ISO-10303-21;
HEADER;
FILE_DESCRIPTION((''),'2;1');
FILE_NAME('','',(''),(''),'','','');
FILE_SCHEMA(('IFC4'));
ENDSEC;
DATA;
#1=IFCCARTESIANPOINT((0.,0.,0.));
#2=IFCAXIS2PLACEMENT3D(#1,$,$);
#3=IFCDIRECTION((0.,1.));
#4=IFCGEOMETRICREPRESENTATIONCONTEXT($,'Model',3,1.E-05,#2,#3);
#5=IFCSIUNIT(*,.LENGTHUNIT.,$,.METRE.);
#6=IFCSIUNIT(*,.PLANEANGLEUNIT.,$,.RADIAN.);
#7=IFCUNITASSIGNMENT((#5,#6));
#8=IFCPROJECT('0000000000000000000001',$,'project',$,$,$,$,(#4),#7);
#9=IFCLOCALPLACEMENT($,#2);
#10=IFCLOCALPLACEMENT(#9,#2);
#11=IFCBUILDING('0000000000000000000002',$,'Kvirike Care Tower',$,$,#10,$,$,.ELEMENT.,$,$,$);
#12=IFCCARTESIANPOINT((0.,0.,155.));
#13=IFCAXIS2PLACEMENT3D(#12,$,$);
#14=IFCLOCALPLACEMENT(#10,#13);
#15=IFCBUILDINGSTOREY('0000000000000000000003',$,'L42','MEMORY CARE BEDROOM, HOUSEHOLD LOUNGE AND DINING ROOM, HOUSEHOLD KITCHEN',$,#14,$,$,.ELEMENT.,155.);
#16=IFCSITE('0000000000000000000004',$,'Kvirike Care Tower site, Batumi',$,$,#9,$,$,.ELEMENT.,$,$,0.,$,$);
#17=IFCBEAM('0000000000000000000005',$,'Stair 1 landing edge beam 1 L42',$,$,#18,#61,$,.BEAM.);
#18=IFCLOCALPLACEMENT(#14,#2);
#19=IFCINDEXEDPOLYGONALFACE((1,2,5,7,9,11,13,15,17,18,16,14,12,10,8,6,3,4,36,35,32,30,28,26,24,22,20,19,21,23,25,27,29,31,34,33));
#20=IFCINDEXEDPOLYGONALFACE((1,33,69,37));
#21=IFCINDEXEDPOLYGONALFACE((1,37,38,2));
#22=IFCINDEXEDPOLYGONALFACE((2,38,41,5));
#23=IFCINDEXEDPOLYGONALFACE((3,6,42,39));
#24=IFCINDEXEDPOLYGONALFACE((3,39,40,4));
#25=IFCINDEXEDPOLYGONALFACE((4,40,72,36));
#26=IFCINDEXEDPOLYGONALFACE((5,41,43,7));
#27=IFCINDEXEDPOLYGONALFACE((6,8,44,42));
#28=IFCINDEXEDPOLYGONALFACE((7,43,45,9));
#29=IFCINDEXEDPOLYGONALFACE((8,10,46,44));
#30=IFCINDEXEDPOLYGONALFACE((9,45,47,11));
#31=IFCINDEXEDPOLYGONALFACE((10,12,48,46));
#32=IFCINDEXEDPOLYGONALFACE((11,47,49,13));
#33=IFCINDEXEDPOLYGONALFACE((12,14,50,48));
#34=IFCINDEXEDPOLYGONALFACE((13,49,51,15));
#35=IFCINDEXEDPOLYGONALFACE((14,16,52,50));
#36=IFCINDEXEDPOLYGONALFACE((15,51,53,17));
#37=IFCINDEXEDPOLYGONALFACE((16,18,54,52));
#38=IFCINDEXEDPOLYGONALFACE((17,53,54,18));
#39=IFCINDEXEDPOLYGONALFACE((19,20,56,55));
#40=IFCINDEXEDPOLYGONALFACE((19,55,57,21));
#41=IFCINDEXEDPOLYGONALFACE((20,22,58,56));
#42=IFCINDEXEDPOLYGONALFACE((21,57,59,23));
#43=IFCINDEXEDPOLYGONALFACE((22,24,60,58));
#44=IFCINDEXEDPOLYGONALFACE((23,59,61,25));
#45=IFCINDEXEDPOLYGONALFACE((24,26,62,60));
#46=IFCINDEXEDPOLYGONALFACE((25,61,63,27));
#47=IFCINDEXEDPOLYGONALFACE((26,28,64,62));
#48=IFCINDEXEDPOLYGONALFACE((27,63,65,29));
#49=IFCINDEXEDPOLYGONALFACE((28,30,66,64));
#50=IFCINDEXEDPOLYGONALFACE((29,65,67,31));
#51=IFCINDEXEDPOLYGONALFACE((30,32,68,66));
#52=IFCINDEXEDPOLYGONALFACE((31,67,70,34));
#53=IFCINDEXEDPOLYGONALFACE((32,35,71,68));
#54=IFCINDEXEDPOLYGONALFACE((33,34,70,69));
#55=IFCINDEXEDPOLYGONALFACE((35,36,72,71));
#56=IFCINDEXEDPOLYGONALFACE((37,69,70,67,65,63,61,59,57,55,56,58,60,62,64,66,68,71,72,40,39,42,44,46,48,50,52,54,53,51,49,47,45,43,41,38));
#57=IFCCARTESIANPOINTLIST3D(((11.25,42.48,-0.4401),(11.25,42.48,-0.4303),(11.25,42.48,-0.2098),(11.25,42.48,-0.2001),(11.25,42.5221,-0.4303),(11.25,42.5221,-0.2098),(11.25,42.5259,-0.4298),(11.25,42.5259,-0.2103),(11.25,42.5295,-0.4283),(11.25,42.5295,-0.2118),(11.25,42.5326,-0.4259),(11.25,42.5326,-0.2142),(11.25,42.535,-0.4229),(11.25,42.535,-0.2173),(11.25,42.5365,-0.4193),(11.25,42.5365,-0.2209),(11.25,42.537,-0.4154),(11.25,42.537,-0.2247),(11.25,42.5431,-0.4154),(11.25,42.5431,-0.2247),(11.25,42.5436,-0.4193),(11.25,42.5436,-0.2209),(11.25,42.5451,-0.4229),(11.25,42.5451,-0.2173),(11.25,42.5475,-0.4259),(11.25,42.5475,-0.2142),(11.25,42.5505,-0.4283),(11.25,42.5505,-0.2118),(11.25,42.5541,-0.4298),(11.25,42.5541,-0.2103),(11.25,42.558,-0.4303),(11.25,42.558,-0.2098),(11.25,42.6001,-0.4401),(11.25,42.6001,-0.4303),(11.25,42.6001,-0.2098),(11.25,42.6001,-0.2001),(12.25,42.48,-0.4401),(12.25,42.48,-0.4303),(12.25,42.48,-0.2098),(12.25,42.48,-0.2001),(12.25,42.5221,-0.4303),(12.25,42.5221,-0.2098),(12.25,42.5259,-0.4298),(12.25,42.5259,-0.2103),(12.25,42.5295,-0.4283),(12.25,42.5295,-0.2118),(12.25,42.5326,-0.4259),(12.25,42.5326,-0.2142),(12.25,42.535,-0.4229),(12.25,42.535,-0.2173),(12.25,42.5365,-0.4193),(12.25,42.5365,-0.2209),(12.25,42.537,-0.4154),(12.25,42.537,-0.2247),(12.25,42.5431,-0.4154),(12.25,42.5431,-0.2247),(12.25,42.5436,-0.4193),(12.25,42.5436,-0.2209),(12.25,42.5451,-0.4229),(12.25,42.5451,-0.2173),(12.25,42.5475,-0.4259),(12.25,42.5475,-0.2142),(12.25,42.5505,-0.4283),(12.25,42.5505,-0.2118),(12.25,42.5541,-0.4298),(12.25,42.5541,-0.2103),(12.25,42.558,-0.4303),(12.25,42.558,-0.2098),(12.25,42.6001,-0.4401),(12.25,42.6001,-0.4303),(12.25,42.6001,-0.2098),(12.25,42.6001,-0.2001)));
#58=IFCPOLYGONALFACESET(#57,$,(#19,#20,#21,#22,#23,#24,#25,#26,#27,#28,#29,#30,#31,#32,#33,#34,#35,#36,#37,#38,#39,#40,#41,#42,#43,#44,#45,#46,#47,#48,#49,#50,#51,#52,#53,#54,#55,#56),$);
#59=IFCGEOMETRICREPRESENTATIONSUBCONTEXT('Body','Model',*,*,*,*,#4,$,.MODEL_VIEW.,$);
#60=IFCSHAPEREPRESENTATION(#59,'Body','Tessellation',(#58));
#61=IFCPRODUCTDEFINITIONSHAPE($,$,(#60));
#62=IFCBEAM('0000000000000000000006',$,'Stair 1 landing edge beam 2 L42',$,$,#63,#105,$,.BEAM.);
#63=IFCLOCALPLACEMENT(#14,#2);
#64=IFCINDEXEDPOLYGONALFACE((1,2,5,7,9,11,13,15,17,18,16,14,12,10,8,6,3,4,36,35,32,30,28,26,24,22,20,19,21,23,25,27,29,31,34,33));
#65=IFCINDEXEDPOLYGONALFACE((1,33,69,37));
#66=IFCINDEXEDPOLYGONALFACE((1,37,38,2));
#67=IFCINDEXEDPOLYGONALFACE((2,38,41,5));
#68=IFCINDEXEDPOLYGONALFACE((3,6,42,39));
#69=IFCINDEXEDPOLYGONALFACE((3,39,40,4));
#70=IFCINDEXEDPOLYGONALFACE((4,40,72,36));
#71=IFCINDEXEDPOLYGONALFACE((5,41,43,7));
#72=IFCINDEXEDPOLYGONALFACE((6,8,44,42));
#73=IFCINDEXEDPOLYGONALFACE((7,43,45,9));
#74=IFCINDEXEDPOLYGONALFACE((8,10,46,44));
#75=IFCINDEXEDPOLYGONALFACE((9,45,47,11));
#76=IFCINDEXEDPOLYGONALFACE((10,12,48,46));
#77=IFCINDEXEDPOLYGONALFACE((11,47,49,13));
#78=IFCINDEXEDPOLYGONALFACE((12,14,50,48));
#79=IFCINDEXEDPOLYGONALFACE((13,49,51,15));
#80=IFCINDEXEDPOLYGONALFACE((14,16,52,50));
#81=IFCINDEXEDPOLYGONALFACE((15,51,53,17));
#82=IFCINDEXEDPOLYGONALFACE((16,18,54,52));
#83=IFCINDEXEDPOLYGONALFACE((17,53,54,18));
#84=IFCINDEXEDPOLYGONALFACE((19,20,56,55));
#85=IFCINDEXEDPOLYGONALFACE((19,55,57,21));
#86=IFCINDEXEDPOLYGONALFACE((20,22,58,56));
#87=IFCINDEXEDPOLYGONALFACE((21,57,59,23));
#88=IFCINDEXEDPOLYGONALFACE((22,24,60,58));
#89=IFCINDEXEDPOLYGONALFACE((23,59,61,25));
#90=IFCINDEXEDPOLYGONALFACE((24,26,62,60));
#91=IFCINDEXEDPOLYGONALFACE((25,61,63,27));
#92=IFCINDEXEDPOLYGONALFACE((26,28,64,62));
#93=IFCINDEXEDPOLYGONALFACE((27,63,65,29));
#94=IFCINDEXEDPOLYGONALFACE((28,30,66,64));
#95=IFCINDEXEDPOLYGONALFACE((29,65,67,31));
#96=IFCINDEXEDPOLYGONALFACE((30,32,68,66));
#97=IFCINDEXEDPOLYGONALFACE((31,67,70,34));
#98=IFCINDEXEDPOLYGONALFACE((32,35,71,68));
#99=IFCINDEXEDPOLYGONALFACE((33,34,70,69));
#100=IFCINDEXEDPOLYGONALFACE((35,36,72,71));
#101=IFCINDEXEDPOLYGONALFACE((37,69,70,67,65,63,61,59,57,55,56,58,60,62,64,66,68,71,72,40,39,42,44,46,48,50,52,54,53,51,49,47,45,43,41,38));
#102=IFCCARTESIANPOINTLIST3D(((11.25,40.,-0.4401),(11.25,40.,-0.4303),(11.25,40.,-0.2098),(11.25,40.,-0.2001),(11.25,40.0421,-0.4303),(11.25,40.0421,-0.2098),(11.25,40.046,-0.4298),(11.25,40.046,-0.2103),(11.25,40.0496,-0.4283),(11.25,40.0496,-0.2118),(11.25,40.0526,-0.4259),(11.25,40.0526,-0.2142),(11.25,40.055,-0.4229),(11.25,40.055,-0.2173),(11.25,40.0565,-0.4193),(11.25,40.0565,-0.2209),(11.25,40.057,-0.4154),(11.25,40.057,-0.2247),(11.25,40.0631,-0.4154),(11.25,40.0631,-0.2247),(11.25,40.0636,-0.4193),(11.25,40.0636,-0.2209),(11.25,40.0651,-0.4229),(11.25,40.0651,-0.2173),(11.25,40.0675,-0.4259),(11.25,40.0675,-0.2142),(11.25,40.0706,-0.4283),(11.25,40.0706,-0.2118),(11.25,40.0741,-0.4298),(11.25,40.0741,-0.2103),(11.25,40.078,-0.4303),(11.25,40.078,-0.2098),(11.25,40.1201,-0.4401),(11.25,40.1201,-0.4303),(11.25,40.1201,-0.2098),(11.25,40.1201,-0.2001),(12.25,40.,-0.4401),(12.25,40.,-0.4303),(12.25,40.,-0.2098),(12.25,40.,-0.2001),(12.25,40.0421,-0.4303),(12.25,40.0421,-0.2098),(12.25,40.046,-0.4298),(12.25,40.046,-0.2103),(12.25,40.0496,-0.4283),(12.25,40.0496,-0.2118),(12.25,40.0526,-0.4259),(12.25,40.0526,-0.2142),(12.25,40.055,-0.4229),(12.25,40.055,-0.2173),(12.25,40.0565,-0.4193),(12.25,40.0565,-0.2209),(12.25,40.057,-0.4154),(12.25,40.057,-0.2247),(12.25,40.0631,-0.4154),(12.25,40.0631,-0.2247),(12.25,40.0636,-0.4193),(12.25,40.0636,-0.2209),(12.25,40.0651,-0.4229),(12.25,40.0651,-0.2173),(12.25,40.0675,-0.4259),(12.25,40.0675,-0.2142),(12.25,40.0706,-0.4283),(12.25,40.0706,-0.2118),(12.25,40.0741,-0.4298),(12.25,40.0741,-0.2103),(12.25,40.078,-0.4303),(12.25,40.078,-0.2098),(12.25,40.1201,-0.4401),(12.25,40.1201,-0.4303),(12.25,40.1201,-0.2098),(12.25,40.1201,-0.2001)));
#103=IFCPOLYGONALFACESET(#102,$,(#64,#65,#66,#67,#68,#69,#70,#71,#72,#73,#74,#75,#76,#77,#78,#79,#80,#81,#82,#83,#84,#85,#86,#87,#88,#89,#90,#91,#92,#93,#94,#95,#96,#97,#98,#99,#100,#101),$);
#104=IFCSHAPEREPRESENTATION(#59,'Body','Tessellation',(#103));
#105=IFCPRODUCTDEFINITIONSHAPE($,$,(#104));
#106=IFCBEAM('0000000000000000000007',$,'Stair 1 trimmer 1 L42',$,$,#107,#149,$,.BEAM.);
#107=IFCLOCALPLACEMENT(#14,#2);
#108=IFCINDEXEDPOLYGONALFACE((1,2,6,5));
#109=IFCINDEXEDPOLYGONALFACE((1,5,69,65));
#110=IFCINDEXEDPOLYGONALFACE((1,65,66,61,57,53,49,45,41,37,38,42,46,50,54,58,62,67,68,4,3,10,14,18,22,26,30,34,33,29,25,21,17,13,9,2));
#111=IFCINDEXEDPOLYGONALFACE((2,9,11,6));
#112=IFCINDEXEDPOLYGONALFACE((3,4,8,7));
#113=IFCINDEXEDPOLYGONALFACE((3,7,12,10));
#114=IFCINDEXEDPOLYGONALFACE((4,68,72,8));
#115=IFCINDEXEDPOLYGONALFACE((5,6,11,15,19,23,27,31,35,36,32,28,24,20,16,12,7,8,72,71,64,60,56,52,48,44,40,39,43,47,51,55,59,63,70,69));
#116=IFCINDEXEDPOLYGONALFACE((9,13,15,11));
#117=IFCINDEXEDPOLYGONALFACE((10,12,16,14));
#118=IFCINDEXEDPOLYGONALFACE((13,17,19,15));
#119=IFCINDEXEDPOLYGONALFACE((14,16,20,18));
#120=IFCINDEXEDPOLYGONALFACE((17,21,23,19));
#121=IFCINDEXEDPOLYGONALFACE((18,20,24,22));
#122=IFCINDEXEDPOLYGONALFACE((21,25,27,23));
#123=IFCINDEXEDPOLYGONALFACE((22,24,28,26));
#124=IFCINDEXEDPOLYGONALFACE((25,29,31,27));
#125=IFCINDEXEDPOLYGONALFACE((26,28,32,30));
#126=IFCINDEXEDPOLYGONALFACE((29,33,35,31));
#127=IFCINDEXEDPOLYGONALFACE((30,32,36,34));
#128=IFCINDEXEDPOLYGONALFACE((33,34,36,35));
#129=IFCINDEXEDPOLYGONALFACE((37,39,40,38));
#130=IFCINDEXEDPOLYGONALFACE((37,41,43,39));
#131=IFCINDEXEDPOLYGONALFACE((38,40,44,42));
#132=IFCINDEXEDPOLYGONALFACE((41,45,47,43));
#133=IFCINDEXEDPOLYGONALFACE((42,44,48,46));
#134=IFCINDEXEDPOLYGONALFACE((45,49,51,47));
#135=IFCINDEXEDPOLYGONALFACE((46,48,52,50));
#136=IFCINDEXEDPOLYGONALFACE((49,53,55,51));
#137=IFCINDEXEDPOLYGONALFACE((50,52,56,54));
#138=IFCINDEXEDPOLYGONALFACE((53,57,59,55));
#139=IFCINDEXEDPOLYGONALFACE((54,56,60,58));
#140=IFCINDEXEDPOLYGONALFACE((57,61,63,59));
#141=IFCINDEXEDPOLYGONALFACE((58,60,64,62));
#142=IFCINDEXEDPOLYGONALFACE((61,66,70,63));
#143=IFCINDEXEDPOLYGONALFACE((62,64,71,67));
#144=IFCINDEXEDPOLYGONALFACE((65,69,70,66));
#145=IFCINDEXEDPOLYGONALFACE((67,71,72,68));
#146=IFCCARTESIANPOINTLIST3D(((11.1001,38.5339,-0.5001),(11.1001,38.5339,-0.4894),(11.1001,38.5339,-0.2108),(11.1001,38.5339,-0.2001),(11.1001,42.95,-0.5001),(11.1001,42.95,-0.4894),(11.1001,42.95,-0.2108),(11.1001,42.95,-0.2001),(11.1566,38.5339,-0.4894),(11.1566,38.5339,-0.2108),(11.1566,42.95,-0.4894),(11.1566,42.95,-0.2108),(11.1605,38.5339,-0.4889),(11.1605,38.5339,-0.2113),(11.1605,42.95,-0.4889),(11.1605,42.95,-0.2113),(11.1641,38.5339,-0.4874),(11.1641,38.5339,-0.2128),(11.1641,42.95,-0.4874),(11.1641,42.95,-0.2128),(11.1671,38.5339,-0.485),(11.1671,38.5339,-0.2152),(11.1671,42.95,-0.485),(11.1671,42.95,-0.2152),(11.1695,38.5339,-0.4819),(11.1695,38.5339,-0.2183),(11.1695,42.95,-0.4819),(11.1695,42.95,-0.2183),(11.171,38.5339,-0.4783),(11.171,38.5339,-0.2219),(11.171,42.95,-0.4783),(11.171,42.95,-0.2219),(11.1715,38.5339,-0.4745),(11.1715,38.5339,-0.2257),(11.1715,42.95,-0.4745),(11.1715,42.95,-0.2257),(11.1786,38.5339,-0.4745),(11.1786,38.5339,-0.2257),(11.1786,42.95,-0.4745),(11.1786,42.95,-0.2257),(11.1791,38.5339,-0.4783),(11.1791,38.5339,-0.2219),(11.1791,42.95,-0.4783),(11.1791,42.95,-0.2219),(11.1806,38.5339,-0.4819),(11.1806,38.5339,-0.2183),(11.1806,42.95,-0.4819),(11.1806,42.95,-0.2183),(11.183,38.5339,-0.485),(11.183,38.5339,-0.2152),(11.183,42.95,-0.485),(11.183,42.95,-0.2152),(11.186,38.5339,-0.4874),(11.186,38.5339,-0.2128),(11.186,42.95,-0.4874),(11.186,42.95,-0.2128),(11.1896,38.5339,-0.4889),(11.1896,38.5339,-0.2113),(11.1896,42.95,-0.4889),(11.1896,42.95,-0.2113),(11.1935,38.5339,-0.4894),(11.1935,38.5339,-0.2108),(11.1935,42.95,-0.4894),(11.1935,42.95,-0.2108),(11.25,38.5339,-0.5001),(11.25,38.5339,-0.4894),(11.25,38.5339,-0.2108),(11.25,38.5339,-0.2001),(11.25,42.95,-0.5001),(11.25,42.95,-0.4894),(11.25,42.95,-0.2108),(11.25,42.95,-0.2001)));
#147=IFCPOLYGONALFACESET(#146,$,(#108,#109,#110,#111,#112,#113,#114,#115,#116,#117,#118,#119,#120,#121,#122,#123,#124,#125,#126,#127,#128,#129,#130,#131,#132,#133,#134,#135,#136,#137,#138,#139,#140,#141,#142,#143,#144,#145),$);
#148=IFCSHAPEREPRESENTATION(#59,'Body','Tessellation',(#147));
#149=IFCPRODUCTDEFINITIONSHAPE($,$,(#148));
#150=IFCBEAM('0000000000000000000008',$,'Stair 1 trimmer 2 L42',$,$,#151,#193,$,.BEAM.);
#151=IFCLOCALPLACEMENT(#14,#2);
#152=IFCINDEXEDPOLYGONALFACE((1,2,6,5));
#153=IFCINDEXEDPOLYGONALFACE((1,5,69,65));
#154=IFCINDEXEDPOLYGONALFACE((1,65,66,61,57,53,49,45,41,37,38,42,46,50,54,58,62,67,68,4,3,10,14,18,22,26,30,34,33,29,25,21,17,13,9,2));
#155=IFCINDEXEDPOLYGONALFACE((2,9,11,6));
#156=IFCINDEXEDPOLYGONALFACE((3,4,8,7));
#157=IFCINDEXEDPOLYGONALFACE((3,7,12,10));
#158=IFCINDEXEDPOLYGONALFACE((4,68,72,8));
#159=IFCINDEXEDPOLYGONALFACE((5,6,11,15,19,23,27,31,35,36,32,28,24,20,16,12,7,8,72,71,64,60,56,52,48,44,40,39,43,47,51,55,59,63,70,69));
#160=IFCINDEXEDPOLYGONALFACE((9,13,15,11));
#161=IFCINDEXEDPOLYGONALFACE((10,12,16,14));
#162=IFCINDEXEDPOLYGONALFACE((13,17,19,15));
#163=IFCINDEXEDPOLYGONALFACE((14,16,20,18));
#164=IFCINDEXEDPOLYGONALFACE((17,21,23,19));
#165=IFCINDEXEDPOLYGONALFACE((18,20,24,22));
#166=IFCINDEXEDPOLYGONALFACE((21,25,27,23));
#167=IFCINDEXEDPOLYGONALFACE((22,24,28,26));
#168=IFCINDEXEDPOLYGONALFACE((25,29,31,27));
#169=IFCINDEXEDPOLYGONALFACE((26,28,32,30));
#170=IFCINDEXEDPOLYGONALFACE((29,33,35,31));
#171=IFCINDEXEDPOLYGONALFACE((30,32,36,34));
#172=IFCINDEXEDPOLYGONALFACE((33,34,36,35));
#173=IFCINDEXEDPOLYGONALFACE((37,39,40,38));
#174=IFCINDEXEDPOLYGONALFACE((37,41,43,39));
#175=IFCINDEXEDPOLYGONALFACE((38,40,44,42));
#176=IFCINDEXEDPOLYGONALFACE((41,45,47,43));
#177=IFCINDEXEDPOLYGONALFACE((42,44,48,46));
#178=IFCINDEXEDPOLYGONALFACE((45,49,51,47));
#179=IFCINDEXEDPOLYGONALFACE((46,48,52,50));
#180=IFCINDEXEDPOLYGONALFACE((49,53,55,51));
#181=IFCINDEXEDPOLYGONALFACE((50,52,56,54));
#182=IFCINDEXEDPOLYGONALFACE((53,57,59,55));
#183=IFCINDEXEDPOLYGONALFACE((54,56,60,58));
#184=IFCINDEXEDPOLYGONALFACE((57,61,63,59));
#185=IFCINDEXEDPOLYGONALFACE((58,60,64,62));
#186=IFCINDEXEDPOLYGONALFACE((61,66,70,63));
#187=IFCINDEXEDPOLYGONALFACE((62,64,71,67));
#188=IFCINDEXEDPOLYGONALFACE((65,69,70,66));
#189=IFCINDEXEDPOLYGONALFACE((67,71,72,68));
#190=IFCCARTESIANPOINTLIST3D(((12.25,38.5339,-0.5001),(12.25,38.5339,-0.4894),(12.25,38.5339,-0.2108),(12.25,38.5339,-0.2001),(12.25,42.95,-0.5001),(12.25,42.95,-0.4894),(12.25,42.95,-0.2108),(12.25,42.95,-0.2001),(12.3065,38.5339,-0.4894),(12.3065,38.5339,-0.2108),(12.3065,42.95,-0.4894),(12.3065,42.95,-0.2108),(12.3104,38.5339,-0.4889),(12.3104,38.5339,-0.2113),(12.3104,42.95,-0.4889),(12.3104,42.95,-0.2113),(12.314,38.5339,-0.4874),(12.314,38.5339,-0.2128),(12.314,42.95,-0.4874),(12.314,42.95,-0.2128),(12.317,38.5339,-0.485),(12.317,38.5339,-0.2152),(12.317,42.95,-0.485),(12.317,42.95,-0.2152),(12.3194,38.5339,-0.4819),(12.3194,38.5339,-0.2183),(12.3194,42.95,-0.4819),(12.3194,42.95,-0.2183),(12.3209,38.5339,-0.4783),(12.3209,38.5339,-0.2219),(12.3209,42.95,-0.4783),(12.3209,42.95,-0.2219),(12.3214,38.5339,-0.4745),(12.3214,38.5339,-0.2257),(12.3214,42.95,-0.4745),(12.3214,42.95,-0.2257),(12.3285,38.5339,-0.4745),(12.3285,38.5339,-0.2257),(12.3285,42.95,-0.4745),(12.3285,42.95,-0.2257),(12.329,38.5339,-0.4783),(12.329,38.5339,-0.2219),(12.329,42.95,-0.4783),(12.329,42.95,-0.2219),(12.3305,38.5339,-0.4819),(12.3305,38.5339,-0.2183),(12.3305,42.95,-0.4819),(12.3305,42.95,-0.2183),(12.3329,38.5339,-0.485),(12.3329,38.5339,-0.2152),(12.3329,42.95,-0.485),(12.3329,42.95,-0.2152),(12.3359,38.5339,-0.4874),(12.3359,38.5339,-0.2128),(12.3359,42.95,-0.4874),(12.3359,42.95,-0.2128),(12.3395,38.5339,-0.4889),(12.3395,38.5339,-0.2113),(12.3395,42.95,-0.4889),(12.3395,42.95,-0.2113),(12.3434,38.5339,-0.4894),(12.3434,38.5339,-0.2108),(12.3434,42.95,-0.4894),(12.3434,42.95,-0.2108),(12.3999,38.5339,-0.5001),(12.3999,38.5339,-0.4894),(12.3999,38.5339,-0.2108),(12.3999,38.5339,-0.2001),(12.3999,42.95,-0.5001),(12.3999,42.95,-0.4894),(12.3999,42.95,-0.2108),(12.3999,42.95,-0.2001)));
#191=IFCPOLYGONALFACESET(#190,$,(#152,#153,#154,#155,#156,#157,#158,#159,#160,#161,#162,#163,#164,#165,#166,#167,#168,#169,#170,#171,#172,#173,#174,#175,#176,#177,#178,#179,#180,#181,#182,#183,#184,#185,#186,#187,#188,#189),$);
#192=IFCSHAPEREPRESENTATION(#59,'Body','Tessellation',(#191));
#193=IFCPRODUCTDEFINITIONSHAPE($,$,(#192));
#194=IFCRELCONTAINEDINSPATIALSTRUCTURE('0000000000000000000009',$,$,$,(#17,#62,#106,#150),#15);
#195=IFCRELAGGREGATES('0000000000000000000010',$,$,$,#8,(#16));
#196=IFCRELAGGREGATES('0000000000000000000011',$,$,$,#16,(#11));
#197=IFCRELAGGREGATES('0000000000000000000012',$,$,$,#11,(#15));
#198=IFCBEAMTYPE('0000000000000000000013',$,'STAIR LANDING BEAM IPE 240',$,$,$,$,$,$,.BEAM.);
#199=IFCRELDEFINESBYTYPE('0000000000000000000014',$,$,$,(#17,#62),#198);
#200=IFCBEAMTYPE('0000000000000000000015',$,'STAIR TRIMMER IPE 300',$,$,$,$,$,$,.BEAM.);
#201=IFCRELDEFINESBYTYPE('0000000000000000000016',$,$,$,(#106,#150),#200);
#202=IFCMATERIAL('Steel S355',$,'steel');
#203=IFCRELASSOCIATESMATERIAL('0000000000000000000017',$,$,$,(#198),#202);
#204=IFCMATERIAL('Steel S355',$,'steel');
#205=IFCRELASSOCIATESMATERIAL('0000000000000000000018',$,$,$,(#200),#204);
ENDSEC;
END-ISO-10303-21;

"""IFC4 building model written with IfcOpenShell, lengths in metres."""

from ifc_helpers import new_model, si_unit, direction, frame, origin, origin_2d, place, context, subcontext, project, spatial, i_section, extrude, material, material_profile, profile_set, type_object, element, save


model = new_model("IFC4")

# Units and contexts
model_context = context("Model", 3, precision=1e-05, world=origin(), true_north=direction((0.0, 1.0)))
body_context = subcontext(model_context, "Body", "Model", "MODEL_VIEW")
ifc_project = project(units=[si_unit("LENGTHUNIT", "METRE"), si_unit("PLANEANGLEUNIT", "RADIAN")], contexts=[model_context])

# Site, building, storey
site_placement = place(None, origin())
site = spatial("IfcSite", under=ifc_project, at=site_placement, Name="Kvirike Care Tower site, Batumi", CompositionType="ELEMENT", RefElevation=0.0)
building_placement = place(site_placement, origin())
building = spatial("IfcBuilding", under=site, at=building_placement, Name="Kvirike Care Tower", CompositionType="ELEMENT")
storey_placement = place(building_placement, frame((0.0, 0.0, 155.0)))
storey = spatial("IfcBuildingStorey", under=building, at=storey_placement, Name="L42", Description="MEMORY CARE BEDROOM, HOUSEHOLD LOUNGE AND DINING ROOM, HOUSEHOLD KITCHEN", CompositionType="ELEMENT", Elevation=155.0)

# Beams
ifc_material_1 = material(Name="Steel S355", Category="steel")
ifc_material_profile_1 = material_profile(ifc_material_1, i_section(OverallWidth=0.1201, OverallDepth=0.24, WebThickness=0.0061, FlangeThickness=0.0098, FilletRadius=0.0149, at=origin_2d()), Name="IPE 240")
ifc_profile_set_1 = profile_set([ifc_material_profile_1], Name="Steel S355")
beam_type_1 = type_object("IfcBeamType", Name="STAIR LANDING BEAM IPE 240", PredefinedType="BEAM", material=ifc_profile_set_1)
for number, where, z_axis, x_axis, name in (
    (1, (11.25, 42.54, -0.3201), (1.0, 0.0, 0.0), (0.0, 1.0, 0.0), "Stair 1 landing edge beam 1 L42"),
    (2, (11.25, 40.0601, -0.3201), (1.0, 0.0, 0.0), (0.0, 1.0, 0.0), "Stair 1 landing edge beam 2 L42"),
):
    element("IfcBeam", number, at=place(storey_placement, frame(where, z_axis=z_axis, x_axis=x_axis)), inside=storey, type_object=beam_type_1, Name=name, PredefinedType="BEAM", context=body_context, shape_type="SweptSolid", body=[
        extrude(i_section(OverallWidth=0.1201, OverallDepth=0.24, WebThickness=0.0061, FlangeThickness=0.0098, FilletRadius=0.0149, at=origin_2d()), origin(), (0.0, 0.0, 1.0), 1.0),
    ])
ifc_material_2 = material(Name="Steel S355", Category="steel")
ifc_material_profile_2 = material_profile(ifc_material_2, i_section(OverallWidth=0.1499, OverallDepth=0.3, WebThickness=0.0071, FlangeThickness=0.0107, FilletRadius=0.0149, at=origin_2d()), Name="IPE 300")
ifc_profile_set_2 = profile_set([ifc_material_profile_2], Name="Steel S355")
beam_type_2 = type_object("IfcBeamType", Name="STAIR TRIMMER IPE 300", PredefinedType="BEAM", material=ifc_profile_set_2)
for number, where, z_axis, x_axis, name in (
    (3, (11.175, 42.95, -0.3501), (0.0, -1.0, 0.0), (1.0, 0.0, 0.0), "Stair 1 trimmer 1 L42"),
    (4, (12.325, 42.95, -0.3501), (0.0, -1.0, 0.0), (1.0, 0.0, 0.0), "Stair 1 trimmer 2 L42"),
):
    element("IfcBeam", number, at=place(storey_placement, frame(where, z_axis=z_axis, x_axis=x_axis)), inside=storey, type_object=beam_type_2, Name=name, PredefinedType="BEAM", context=body_context, shape_type="SweptSolid", body=[
        extrude(i_section(OverallWidth=0.1499, OverallDepth=0.3, WebThickness=0.0071, FlangeThickness=0.0107, FilletRadius=0.0149, at=origin_2d()), origin(), (0.0, 0.0, 1.0), 4.416),
    ])

save(model, "model.ifc")
